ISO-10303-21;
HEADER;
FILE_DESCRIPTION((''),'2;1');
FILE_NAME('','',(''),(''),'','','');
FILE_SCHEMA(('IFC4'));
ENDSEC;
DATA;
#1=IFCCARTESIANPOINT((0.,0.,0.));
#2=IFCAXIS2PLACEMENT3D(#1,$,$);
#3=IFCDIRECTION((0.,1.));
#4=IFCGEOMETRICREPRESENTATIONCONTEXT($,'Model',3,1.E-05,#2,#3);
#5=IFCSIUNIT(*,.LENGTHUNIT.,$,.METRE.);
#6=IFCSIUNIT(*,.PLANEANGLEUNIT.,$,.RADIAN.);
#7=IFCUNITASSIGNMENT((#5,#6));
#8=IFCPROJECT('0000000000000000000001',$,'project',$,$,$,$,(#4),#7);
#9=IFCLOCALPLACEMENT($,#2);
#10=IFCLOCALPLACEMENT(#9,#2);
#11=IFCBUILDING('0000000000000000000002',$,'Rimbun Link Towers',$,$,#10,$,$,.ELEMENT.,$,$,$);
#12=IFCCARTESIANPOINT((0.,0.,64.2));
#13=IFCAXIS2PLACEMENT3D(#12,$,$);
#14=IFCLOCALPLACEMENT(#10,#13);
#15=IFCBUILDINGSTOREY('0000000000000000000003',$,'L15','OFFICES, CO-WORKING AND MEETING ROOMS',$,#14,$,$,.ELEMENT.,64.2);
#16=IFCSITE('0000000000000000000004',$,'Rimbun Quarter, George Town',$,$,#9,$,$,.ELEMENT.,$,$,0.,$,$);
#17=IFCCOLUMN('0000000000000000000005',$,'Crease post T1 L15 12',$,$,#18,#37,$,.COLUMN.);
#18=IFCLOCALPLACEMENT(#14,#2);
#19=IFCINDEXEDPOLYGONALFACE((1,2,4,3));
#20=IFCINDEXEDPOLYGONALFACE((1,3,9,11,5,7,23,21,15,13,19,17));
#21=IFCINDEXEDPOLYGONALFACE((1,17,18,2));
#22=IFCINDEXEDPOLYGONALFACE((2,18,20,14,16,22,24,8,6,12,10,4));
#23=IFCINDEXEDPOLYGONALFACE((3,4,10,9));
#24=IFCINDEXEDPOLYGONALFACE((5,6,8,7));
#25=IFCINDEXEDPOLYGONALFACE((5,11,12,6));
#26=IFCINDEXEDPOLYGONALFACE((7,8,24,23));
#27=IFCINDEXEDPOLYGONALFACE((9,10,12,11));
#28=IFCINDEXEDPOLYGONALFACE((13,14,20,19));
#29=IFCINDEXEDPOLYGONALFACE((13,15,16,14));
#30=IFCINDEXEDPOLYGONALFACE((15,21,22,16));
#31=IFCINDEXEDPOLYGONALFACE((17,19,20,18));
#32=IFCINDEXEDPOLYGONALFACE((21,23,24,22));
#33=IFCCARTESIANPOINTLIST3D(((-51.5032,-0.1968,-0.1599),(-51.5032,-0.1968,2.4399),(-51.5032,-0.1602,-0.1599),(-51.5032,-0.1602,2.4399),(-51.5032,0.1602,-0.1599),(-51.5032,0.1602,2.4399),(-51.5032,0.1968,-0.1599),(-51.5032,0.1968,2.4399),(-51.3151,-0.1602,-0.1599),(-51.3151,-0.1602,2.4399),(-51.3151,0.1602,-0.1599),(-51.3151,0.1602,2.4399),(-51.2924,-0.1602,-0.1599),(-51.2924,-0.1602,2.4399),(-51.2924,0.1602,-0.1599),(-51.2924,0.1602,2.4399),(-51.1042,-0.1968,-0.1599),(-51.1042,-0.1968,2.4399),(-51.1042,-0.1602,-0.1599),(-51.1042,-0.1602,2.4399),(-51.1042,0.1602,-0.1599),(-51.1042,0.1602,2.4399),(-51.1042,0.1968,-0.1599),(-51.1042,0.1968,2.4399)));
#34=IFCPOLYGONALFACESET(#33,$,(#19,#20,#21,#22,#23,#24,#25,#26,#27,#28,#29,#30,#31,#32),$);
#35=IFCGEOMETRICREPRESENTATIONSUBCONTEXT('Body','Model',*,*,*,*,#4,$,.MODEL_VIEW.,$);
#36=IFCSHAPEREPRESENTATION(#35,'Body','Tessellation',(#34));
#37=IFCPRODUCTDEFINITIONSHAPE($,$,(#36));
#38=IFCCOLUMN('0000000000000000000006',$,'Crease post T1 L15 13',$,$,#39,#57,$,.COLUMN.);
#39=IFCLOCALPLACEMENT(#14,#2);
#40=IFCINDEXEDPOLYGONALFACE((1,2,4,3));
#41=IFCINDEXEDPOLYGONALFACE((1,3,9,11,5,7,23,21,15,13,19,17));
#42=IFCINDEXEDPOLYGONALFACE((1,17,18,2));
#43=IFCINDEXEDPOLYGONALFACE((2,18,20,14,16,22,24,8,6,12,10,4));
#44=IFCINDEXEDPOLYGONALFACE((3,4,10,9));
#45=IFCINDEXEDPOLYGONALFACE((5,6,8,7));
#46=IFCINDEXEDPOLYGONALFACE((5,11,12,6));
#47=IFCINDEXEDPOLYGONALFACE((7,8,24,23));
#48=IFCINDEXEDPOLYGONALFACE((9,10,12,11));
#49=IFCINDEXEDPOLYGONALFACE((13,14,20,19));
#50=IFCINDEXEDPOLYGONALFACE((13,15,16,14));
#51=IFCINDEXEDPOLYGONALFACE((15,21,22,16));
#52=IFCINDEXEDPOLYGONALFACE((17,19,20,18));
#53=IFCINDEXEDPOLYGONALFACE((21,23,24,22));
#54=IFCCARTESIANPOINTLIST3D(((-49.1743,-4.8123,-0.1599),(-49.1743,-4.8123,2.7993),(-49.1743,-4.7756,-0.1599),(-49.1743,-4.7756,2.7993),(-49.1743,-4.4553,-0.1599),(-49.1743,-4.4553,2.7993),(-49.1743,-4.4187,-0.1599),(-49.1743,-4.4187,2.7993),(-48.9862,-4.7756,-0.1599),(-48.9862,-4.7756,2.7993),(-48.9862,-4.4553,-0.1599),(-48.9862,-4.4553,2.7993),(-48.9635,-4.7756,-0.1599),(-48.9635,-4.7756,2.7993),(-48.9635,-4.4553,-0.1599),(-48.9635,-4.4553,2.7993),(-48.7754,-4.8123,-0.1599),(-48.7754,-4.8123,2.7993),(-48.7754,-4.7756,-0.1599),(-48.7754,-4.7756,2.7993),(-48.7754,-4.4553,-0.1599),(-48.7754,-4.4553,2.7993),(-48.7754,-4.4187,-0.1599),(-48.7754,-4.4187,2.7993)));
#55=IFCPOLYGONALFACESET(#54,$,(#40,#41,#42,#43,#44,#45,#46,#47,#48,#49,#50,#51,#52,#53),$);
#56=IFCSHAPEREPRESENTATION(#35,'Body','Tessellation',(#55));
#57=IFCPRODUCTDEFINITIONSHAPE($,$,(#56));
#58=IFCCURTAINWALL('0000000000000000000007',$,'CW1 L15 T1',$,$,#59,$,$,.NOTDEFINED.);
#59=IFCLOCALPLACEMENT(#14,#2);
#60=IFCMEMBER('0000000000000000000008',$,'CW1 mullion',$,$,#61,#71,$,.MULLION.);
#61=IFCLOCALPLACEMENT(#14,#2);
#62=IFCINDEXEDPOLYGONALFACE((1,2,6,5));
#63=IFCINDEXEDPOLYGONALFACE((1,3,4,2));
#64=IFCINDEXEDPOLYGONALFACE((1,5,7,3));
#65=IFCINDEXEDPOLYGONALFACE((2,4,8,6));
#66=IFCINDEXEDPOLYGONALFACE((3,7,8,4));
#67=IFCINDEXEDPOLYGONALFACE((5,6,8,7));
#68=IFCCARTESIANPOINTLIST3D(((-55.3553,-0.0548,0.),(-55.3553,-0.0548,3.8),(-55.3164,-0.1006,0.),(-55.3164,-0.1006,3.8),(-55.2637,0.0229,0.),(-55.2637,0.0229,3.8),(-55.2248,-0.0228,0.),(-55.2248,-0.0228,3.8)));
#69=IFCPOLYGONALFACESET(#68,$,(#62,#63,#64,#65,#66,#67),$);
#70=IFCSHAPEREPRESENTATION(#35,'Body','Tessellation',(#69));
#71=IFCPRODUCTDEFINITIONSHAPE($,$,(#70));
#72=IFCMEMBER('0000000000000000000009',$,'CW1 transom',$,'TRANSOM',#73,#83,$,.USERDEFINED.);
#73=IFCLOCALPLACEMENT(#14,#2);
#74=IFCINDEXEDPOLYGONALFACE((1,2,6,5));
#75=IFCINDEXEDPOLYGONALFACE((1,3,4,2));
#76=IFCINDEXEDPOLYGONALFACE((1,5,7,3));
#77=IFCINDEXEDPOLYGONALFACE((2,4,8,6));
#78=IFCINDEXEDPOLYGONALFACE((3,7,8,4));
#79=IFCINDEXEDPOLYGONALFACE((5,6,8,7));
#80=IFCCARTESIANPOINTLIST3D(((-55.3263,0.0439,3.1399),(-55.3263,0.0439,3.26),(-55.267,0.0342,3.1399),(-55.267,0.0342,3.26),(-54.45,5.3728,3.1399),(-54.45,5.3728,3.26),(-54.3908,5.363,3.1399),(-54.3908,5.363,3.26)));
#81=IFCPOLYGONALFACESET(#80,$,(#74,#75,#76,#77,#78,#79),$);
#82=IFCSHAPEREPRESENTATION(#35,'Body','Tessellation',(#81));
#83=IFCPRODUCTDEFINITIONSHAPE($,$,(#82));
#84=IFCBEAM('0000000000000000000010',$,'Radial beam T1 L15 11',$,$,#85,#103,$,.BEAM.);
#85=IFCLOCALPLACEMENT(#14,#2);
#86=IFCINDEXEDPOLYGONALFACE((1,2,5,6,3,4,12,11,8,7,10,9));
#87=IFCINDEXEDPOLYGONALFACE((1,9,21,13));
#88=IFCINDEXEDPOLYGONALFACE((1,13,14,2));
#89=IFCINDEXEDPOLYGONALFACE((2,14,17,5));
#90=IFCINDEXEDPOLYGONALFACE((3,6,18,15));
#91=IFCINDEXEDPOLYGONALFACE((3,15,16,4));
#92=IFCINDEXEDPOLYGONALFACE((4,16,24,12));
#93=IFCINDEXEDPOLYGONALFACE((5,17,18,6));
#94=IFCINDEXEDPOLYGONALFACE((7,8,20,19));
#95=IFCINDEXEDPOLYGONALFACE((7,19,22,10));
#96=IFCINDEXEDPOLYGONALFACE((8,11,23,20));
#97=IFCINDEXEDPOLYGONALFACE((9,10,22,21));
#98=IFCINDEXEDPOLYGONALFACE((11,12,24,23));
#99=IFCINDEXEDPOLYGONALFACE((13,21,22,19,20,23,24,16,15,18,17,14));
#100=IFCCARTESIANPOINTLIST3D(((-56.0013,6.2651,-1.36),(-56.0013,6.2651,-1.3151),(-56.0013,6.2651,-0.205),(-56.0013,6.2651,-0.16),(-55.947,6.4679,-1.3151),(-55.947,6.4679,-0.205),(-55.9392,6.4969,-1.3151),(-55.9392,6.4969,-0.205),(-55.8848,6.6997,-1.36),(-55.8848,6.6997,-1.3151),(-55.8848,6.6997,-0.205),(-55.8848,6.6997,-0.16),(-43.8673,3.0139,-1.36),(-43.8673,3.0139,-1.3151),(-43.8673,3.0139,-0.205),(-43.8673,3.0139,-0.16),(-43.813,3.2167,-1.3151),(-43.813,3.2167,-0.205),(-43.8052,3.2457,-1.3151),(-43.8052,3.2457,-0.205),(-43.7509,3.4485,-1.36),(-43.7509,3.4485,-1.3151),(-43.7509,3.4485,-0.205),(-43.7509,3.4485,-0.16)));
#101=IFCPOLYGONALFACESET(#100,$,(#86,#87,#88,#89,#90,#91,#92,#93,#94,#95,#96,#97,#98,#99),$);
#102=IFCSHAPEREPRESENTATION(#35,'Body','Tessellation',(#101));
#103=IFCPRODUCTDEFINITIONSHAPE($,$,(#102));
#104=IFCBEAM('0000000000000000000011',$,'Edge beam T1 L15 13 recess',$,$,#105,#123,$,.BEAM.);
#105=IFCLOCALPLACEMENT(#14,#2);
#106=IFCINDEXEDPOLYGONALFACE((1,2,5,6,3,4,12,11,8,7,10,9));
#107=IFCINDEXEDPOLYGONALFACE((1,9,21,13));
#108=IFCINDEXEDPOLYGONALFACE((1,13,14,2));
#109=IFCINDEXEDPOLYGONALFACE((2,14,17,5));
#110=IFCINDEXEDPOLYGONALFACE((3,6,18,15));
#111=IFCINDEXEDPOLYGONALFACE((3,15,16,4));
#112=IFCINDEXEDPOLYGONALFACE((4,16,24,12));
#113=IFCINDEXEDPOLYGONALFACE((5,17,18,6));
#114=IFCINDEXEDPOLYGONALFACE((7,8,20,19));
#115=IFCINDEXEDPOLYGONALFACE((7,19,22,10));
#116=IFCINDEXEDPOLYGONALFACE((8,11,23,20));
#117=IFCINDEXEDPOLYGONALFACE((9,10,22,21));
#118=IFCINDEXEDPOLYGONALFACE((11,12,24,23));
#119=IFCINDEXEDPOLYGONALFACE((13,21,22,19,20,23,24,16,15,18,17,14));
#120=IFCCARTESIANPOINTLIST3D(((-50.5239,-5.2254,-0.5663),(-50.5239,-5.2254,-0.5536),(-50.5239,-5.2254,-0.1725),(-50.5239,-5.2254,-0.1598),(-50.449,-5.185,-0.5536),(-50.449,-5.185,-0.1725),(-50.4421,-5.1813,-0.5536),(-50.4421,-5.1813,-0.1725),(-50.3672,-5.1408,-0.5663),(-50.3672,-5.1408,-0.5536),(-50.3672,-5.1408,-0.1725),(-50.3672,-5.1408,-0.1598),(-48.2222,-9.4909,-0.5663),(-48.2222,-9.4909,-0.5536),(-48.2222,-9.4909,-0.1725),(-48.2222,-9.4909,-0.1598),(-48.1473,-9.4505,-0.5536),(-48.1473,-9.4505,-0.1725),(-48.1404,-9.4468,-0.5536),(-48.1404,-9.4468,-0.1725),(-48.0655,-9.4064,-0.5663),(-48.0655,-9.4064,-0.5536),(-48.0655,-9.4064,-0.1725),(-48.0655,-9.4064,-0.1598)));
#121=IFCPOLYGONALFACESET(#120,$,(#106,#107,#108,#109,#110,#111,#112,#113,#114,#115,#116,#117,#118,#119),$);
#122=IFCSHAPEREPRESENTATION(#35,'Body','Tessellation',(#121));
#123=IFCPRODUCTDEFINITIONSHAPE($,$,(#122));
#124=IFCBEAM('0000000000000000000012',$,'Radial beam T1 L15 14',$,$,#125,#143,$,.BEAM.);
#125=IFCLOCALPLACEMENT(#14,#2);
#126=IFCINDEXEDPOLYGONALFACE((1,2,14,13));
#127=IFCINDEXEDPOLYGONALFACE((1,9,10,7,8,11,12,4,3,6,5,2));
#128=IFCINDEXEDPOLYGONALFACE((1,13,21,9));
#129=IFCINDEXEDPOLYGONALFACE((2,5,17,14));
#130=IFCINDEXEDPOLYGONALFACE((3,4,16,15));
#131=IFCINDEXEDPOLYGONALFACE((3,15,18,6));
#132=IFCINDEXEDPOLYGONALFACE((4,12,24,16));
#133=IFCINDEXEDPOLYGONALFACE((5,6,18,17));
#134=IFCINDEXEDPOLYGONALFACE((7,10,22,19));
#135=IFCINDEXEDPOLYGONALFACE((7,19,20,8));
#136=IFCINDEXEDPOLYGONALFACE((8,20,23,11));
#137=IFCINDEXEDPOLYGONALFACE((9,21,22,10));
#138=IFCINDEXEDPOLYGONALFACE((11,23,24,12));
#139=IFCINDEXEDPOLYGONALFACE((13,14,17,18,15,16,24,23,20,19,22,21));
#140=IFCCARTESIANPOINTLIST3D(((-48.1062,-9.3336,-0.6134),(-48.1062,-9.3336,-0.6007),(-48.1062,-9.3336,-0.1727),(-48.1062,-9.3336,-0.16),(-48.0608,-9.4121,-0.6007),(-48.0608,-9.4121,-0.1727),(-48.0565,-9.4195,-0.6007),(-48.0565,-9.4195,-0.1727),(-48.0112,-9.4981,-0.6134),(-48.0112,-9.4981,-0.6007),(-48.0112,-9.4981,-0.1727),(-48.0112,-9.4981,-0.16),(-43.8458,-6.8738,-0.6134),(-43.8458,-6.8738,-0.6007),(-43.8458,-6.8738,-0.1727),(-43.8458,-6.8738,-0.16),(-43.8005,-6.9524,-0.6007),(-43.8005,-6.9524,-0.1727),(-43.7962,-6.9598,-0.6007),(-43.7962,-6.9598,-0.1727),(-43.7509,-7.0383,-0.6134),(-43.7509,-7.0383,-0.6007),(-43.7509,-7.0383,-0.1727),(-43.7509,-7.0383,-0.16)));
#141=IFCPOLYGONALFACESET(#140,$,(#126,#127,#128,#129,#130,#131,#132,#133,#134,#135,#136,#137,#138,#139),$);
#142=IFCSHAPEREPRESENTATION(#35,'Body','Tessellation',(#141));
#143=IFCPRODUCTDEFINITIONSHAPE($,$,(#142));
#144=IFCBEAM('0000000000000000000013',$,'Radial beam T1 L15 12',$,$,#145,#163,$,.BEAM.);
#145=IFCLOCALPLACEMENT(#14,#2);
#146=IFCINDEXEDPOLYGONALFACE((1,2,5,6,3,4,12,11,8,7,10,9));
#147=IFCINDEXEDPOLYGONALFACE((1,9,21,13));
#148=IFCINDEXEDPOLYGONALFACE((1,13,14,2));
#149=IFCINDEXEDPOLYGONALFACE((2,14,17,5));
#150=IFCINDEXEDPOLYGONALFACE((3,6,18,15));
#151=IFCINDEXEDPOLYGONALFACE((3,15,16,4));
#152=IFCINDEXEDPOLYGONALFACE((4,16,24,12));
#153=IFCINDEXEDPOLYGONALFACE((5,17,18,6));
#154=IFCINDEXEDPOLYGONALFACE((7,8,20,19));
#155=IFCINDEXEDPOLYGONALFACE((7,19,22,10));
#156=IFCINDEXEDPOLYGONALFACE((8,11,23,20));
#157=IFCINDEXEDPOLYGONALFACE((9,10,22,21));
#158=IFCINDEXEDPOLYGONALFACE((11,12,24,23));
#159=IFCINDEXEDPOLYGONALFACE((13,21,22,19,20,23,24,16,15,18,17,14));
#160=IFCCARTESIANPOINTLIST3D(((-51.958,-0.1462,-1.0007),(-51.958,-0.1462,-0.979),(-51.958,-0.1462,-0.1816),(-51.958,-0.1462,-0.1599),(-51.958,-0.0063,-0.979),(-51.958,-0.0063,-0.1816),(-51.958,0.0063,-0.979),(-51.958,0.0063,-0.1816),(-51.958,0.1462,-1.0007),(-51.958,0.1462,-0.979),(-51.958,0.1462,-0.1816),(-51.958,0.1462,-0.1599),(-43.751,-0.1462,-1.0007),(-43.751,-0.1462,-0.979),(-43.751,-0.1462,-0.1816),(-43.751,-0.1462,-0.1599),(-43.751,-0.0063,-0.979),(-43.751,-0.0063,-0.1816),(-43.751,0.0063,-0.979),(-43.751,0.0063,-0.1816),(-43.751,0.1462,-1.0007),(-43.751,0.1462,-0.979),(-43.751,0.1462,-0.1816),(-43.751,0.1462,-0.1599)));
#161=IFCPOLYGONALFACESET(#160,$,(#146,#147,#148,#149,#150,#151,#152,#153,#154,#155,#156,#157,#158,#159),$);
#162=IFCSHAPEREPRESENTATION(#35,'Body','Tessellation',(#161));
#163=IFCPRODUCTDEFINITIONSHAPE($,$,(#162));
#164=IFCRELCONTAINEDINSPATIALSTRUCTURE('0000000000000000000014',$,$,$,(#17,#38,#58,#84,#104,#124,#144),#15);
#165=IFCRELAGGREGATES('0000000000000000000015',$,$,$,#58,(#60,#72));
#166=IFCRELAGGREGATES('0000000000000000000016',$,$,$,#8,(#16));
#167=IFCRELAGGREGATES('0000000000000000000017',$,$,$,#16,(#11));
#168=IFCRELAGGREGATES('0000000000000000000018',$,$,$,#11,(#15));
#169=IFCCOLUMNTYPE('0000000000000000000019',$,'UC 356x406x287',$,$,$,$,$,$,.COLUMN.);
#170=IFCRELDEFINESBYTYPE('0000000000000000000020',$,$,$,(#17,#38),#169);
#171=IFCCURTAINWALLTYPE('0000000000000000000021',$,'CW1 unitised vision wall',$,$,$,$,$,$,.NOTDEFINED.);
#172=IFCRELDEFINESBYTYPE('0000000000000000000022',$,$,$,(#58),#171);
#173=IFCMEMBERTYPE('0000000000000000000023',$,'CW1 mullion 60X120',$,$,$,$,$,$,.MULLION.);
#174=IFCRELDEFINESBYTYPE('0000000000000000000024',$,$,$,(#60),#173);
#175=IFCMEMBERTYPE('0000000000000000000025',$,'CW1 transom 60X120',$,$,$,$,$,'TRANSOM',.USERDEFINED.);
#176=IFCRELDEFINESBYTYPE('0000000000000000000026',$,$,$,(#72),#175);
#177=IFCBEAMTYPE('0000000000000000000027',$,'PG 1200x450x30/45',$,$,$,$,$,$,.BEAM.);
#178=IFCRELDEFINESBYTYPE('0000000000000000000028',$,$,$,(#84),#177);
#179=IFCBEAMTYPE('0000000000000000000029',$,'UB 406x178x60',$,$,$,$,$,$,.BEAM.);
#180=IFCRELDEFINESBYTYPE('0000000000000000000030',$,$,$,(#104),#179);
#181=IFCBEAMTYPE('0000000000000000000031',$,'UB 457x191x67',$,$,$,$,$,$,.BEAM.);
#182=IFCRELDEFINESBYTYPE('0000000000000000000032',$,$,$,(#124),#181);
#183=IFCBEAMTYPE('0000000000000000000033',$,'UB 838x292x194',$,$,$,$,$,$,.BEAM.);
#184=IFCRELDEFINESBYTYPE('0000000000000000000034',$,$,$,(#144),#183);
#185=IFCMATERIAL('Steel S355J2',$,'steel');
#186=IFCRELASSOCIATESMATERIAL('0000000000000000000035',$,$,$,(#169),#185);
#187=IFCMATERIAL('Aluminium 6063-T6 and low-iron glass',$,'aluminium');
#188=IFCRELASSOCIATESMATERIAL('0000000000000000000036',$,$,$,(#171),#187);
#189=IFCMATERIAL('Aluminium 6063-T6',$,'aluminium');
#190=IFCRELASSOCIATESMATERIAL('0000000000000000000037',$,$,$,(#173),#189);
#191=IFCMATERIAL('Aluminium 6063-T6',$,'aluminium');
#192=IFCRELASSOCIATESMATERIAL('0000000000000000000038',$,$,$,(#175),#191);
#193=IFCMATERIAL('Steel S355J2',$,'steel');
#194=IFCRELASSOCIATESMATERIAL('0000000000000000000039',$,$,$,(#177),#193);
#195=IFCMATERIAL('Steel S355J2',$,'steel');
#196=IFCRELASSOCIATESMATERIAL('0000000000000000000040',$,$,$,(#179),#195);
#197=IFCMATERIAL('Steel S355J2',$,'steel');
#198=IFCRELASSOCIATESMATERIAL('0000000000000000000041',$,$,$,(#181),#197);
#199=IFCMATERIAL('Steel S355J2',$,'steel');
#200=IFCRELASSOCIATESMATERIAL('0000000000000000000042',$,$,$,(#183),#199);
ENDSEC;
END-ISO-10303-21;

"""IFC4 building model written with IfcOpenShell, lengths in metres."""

from ifc_helpers import new_model, si_unit, direction, frame, origin, origin_2d, place, context, subcontext, project, spatial, rectangle, i_section, extrude, material, material_profile, profile_set, type_object, element, aggregate, save


model = new_model("IFC4")

# Units and contexts
model_context = context("Model", 3, precision=1e-05, world=origin(), true_north=direction((0.0, 1.0)))
body_context = subcontext(model_context, "Body", "Model", "MODEL_VIEW")
ifc_project = project(units=[si_unit("LENGTHUNIT", "METRE"), si_unit("PLANEANGLEUNIT", "RADIAN")], contexts=[model_context])

# Site, building, storey
site_placement = place(None, origin())
site = spatial("IfcSite", under=ifc_project, at=site_placement, Name="Rimbun Quarter, George Town", CompositionType="ELEMENT", RefElevation=0.0)
building_placement = place(site_placement, origin())
building = spatial("IfcBuilding", under=site, at=building_placement, Name="Rimbun Link Towers", CompositionType="ELEMENT")
storey_placement = place(building_placement, frame((0.0, 0.0, 64.2)))
storey = spatial("IfcBuildingStorey", under=building, at=storey_placement, Name="L15", Description="OFFICES, CO-WORKING AND MEETING ROOMS", CompositionType="ELEMENT", Elevation=64.2)

# Columns
ifc_material_1 = material(Name="Steel S355J2", Category="steel")
ifc_material_profile_1 = material_profile(ifc_material_1, i_section(OverallWidth=0.3989, OverallDepth=0.3936, WebThickness=0.0227, FlangeThickness=0.0366, at=origin_2d()), Name="UC 356x406x287")
ifc_profile_set_1 = profile_set([ifc_material_profile_1], Name="Steel S355J2")
column_type = type_object("IfcColumnType", Name="UC 356x406x287", PredefinedType="COLUMN", material=ifc_profile_set_1)
column_1_placement = place(storey_placement, frame((-51.3037, 0.0, -0.1599), z_axis=(0.0, 0.0, 1.0), x_axis=(1.0, 0.0, 0.0)))
element("IfcColumn", 1, at=column_1_placement, inside=storey, type_object=column_type, Name="Crease post T1 L15 12", PredefinedType="COLUMN", context=body_context, shape_type="SweptSolid", body=[
    extrude(i_section(OverallWidth=0.3989, OverallDepth=0.3936, WebThickness=0.0227, FlangeThickness=0.0366, at=origin_2d()), origin(), (0.0, 0.0, 1.0), 2.5999),
])
column_2_placement = place(storey_placement, frame((-48.9749, -4.6155, -0.1599), z_axis=(0.0, 0.0, 1.0), x_axis=(1.0, 0.0, 0.0)))
element("IfcColumn", 2, at=column_2_placement, inside=storey, type_object=column_type, Name="Crease post T1 L15 13", PredefinedType="COLUMN", context=body_context, shape_type="SweptSolid", body=[
    extrude(i_section(OverallWidth=0.3989, OverallDepth=0.3936, WebThickness=0.0227, FlangeThickness=0.0366, at=origin_2d()), origin(), (0.0, 0.0, 1.0), 2.9592),
])

# Curtain wall, members
ifc_material_2 = material(Name="Aluminium 6063-T6 and low-iron glass", Category="aluminium")
curtain_wall_type = type_object("IfcCurtainWallType", Name="CW1 unitised vision wall", PredefinedType="NOTDEFINED", material=ifc_material_2)
curtain_wall_placement = place(storey_placement, origin())
curtain_wall = element("IfcCurtainWall", 3, at=curtain_wall_placement, inside=storey, type_object=curtain_wall_type, Name="CW1 L15 T1", PredefinedType="NOTDEFINED")
ifc_material_3 = material(Name="Aluminium 6063-T6", Category="aluminium")
ifc_material_profile_2 = material_profile(ifc_material_3, rectangle(XDim=0.1201, YDim=0.0601, at=origin_2d()), Name="MULLION 60X120")
ifc_profile_set_2 = profile_set([ifc_material_profile_2], Name="Aluminium 6063-T6")
member_type_1 = type_object("IfcMemberType", Name="CW1 mullion 60X120", PredefinedType="MULLION", material=ifc_profile_set_2)
member_1_placement = place(storey_placement, frame((-55.29, -0.0388, 0.0), z_axis=(0.0, 0.0, 1.0), x_axis=(-0.762319, -0.647202, 0.0)))
member_1 = element("IfcMember", 4, at=member_1_placement, type_object=member_type_1, Name="CW1 mullion", PredefinedType="MULLION", context=body_context, shape_type="SweptSolid", body=[
    extrude(rectangle(XDim=0.1201, YDim=0.0601, at=origin_2d()), origin(), (0.0, 0.0, 1.0), 3.8),
])
ifc_material_4 = material(Name="Aluminium 6063-T6", Category="aluminium")
ifc_material_profile_3 = material_profile(ifc_material_4, rectangle(XDim=0.0601, YDim=0.1201, at=origin_2d()), Name="TRANSOM 60X120")
ifc_profile_set_3 = profile_set([ifc_material_profile_3], Name="Aluminium 6063-T6")
member_type_2 = type_object("IfcMemberType", Name="CW1 transom 60X120", ElementType="TRANSOM", PredefinedType="USERDEFINED", material=ifc_profile_set_3)
member_2_placement = place(storey_placement, frame((-55.2966, 0.0391, 3.2), z_axis=(0.162251, 0.98675, 0.0), x_axis=(-0.98675, 0.162251, 0.0)))
member_2 = element("IfcMember", 5, at=member_2_placement, type_object=member_type_2, Name="CW1 transom", ObjectType="TRANSOM", PredefinedType="USERDEFINED", context=body_context, shape_type="SweptSolid", body=[
    extrude(rectangle(XDim=0.0601, YDim=0.1201, at=origin_2d()), origin(), (0.0, 0.0, 1.0), 5.4004),
])

# Beams
ifc_material_5 = material(Name="Steel S355J2", Category="steel")
ifc_material_profile_4 = material_profile(ifc_material_5, i_section(OverallWidth=0.45, OverallDepth=1.2, WebThickness=0.03, FlangeThickness=0.0449, at=origin_2d()), Name="PG 1200x450x30/45")
ifc_profile_set_4 = profile_set([ifc_material_profile_4], Name="Steel S355J2")
beam_type_1 = type_object("IfcBeamType", Name="PG 1200x450x30/45", PredefinedType="BEAM", material=ifc_profile_set_4)
beam_1_placement = place(storey_placement, frame((-43.8091, 3.2312, -0.76), z_axis=(-0.965927, 0.258813, 0.0), x_axis=(-0.258813, -0.965927, 0.0)))
element("IfcBeam", 6, at=beam_1_placement, inside=storey, type_object=beam_type_1, Name="Radial beam T1 L15 11", PredefinedType="BEAM", context=body_context, shape_type="SweptSolid", body=[
    extrude(i_section(OverallWidth=0.45, OverallDepth=1.2, WebThickness=0.03, FlangeThickness=0.0449, at=origin_2d()), origin(), (0.0, 0.0, 1.0), 12.562),
])
ifc_material_6 = material(Name="Steel S355J2", Category="steel")
ifc_material_profile_5 = material_profile(ifc_material_6, i_section(OverallWidth=0.178, OverallDepth=0.4065, WebThickness=0.0078, FlangeThickness=0.0127, at=origin_2d()), Name="UB 406x178x60")
ifc_profile_set_5 = profile_set([ifc_material_profile_5], Name="Steel S355J2")
beam_type_2 = type_object("IfcBeamType", Name="UB 406x178x60", PredefinedType="BEAM", material=ifc_profile_set_5)
beam_2_placement = place(storey_placement, frame((-50.4456, -5.1831, -0.363), z_axis=(0.474881, -0.88005, 0.0), x_axis=(0.88005, 0.474881, 0.0)))
element("IfcBeam", 7, at=beam_2_placement, inside=storey, type_object=beam_type_2, Name="Edge beam T1 L15 13 recess", PredefinedType="BEAM", context=body_context, shape_type="SweptSolid", body=[
    extrude(i_section(OverallWidth=0.178, OverallDepth=0.4065, WebThickness=0.0078, FlangeThickness=0.0127, at=origin_2d()), origin(), (0.0, 0.0, 1.0), 4.8469),
])
ifc_material_7 = material(Name="Steel S355J2", Category="steel")
ifc_material_profile_6 = material_profile(ifc_material_7, i_section(OverallWidth=0.1899, OverallDepth=0.4534, WebThickness=0.0085, FlangeThickness=0.0127, at=origin_2d()), Name="UB 457x191x67")
ifc_profile_set_6 = profile_set([ifc_material_profile_6], Name="Steel S355J2")
beam_type_3 = type_object("IfcBeamType", Name="UB 457x191x67", PredefinedType="BEAM", material=ifc_profile_set_6)
beam_3_placement = place(storey_placement, frame((-43.7983, -6.9561, -0.3867), z_axis=(-0.86602, -0.500009, 0.0), x_axis=(0.500009, -0.86602, 0.0)))
element("IfcBeam", 8, at=beam_3_placement, inside=storey, type_object=beam_type_3, Name="Radial beam T1 L15 14", PredefinedType="BEAM", context=body_context, shape_type="SweptSolid", body=[
    extrude(i_section(OverallWidth=0.1899, OverallDepth=0.4534, WebThickness=0.0085, FlangeThickness=0.0127, at=origin_2d()), origin(), (0.0, 0.0, 1.0), 4.9194),
])
ifc_material_8 = material(Name="Steel S355J2", Category="steel")
ifc_material_profile_7 = material_profile(ifc_material_8, i_section(OverallWidth=0.2925, OverallDepth=0.8408, WebThickness=0.0127, FlangeThickness=0.0217, at=origin_2d()), Name="UB 838x292x194")
ifc_profile_set_7 = profile_set([ifc_material_profile_7], Name="Steel S355J2")
beam_type_4 = type_object("IfcBeamType", Name="UB 838x292x194", PredefinedType="BEAM", material=ifc_profile_set_7)
beam_4_placement = place(storey_placement, frame((-43.751, 0.0, -0.5803), z_axis=(-1.0, 0.0, 0.0), x_axis=(0.0, -1.0, 0.0)))
element("IfcBeam", 9, at=beam_4_placement, inside=storey, type_object=beam_type_4, Name="Radial beam T1 L15 12", PredefinedType="BEAM", context=body_context, shape_type="SweptSolid", body=[
    extrude(i_section(OverallWidth=0.2925, OverallDepth=0.8408, WebThickness=0.0127, FlangeThickness=0.0217, at=origin_2d()), origin(), (0.0, 0.0, 1.0), 8.207),
])

aggregate(curtain_wall, [member_1, member_2])

save(model, "model.ifc")
